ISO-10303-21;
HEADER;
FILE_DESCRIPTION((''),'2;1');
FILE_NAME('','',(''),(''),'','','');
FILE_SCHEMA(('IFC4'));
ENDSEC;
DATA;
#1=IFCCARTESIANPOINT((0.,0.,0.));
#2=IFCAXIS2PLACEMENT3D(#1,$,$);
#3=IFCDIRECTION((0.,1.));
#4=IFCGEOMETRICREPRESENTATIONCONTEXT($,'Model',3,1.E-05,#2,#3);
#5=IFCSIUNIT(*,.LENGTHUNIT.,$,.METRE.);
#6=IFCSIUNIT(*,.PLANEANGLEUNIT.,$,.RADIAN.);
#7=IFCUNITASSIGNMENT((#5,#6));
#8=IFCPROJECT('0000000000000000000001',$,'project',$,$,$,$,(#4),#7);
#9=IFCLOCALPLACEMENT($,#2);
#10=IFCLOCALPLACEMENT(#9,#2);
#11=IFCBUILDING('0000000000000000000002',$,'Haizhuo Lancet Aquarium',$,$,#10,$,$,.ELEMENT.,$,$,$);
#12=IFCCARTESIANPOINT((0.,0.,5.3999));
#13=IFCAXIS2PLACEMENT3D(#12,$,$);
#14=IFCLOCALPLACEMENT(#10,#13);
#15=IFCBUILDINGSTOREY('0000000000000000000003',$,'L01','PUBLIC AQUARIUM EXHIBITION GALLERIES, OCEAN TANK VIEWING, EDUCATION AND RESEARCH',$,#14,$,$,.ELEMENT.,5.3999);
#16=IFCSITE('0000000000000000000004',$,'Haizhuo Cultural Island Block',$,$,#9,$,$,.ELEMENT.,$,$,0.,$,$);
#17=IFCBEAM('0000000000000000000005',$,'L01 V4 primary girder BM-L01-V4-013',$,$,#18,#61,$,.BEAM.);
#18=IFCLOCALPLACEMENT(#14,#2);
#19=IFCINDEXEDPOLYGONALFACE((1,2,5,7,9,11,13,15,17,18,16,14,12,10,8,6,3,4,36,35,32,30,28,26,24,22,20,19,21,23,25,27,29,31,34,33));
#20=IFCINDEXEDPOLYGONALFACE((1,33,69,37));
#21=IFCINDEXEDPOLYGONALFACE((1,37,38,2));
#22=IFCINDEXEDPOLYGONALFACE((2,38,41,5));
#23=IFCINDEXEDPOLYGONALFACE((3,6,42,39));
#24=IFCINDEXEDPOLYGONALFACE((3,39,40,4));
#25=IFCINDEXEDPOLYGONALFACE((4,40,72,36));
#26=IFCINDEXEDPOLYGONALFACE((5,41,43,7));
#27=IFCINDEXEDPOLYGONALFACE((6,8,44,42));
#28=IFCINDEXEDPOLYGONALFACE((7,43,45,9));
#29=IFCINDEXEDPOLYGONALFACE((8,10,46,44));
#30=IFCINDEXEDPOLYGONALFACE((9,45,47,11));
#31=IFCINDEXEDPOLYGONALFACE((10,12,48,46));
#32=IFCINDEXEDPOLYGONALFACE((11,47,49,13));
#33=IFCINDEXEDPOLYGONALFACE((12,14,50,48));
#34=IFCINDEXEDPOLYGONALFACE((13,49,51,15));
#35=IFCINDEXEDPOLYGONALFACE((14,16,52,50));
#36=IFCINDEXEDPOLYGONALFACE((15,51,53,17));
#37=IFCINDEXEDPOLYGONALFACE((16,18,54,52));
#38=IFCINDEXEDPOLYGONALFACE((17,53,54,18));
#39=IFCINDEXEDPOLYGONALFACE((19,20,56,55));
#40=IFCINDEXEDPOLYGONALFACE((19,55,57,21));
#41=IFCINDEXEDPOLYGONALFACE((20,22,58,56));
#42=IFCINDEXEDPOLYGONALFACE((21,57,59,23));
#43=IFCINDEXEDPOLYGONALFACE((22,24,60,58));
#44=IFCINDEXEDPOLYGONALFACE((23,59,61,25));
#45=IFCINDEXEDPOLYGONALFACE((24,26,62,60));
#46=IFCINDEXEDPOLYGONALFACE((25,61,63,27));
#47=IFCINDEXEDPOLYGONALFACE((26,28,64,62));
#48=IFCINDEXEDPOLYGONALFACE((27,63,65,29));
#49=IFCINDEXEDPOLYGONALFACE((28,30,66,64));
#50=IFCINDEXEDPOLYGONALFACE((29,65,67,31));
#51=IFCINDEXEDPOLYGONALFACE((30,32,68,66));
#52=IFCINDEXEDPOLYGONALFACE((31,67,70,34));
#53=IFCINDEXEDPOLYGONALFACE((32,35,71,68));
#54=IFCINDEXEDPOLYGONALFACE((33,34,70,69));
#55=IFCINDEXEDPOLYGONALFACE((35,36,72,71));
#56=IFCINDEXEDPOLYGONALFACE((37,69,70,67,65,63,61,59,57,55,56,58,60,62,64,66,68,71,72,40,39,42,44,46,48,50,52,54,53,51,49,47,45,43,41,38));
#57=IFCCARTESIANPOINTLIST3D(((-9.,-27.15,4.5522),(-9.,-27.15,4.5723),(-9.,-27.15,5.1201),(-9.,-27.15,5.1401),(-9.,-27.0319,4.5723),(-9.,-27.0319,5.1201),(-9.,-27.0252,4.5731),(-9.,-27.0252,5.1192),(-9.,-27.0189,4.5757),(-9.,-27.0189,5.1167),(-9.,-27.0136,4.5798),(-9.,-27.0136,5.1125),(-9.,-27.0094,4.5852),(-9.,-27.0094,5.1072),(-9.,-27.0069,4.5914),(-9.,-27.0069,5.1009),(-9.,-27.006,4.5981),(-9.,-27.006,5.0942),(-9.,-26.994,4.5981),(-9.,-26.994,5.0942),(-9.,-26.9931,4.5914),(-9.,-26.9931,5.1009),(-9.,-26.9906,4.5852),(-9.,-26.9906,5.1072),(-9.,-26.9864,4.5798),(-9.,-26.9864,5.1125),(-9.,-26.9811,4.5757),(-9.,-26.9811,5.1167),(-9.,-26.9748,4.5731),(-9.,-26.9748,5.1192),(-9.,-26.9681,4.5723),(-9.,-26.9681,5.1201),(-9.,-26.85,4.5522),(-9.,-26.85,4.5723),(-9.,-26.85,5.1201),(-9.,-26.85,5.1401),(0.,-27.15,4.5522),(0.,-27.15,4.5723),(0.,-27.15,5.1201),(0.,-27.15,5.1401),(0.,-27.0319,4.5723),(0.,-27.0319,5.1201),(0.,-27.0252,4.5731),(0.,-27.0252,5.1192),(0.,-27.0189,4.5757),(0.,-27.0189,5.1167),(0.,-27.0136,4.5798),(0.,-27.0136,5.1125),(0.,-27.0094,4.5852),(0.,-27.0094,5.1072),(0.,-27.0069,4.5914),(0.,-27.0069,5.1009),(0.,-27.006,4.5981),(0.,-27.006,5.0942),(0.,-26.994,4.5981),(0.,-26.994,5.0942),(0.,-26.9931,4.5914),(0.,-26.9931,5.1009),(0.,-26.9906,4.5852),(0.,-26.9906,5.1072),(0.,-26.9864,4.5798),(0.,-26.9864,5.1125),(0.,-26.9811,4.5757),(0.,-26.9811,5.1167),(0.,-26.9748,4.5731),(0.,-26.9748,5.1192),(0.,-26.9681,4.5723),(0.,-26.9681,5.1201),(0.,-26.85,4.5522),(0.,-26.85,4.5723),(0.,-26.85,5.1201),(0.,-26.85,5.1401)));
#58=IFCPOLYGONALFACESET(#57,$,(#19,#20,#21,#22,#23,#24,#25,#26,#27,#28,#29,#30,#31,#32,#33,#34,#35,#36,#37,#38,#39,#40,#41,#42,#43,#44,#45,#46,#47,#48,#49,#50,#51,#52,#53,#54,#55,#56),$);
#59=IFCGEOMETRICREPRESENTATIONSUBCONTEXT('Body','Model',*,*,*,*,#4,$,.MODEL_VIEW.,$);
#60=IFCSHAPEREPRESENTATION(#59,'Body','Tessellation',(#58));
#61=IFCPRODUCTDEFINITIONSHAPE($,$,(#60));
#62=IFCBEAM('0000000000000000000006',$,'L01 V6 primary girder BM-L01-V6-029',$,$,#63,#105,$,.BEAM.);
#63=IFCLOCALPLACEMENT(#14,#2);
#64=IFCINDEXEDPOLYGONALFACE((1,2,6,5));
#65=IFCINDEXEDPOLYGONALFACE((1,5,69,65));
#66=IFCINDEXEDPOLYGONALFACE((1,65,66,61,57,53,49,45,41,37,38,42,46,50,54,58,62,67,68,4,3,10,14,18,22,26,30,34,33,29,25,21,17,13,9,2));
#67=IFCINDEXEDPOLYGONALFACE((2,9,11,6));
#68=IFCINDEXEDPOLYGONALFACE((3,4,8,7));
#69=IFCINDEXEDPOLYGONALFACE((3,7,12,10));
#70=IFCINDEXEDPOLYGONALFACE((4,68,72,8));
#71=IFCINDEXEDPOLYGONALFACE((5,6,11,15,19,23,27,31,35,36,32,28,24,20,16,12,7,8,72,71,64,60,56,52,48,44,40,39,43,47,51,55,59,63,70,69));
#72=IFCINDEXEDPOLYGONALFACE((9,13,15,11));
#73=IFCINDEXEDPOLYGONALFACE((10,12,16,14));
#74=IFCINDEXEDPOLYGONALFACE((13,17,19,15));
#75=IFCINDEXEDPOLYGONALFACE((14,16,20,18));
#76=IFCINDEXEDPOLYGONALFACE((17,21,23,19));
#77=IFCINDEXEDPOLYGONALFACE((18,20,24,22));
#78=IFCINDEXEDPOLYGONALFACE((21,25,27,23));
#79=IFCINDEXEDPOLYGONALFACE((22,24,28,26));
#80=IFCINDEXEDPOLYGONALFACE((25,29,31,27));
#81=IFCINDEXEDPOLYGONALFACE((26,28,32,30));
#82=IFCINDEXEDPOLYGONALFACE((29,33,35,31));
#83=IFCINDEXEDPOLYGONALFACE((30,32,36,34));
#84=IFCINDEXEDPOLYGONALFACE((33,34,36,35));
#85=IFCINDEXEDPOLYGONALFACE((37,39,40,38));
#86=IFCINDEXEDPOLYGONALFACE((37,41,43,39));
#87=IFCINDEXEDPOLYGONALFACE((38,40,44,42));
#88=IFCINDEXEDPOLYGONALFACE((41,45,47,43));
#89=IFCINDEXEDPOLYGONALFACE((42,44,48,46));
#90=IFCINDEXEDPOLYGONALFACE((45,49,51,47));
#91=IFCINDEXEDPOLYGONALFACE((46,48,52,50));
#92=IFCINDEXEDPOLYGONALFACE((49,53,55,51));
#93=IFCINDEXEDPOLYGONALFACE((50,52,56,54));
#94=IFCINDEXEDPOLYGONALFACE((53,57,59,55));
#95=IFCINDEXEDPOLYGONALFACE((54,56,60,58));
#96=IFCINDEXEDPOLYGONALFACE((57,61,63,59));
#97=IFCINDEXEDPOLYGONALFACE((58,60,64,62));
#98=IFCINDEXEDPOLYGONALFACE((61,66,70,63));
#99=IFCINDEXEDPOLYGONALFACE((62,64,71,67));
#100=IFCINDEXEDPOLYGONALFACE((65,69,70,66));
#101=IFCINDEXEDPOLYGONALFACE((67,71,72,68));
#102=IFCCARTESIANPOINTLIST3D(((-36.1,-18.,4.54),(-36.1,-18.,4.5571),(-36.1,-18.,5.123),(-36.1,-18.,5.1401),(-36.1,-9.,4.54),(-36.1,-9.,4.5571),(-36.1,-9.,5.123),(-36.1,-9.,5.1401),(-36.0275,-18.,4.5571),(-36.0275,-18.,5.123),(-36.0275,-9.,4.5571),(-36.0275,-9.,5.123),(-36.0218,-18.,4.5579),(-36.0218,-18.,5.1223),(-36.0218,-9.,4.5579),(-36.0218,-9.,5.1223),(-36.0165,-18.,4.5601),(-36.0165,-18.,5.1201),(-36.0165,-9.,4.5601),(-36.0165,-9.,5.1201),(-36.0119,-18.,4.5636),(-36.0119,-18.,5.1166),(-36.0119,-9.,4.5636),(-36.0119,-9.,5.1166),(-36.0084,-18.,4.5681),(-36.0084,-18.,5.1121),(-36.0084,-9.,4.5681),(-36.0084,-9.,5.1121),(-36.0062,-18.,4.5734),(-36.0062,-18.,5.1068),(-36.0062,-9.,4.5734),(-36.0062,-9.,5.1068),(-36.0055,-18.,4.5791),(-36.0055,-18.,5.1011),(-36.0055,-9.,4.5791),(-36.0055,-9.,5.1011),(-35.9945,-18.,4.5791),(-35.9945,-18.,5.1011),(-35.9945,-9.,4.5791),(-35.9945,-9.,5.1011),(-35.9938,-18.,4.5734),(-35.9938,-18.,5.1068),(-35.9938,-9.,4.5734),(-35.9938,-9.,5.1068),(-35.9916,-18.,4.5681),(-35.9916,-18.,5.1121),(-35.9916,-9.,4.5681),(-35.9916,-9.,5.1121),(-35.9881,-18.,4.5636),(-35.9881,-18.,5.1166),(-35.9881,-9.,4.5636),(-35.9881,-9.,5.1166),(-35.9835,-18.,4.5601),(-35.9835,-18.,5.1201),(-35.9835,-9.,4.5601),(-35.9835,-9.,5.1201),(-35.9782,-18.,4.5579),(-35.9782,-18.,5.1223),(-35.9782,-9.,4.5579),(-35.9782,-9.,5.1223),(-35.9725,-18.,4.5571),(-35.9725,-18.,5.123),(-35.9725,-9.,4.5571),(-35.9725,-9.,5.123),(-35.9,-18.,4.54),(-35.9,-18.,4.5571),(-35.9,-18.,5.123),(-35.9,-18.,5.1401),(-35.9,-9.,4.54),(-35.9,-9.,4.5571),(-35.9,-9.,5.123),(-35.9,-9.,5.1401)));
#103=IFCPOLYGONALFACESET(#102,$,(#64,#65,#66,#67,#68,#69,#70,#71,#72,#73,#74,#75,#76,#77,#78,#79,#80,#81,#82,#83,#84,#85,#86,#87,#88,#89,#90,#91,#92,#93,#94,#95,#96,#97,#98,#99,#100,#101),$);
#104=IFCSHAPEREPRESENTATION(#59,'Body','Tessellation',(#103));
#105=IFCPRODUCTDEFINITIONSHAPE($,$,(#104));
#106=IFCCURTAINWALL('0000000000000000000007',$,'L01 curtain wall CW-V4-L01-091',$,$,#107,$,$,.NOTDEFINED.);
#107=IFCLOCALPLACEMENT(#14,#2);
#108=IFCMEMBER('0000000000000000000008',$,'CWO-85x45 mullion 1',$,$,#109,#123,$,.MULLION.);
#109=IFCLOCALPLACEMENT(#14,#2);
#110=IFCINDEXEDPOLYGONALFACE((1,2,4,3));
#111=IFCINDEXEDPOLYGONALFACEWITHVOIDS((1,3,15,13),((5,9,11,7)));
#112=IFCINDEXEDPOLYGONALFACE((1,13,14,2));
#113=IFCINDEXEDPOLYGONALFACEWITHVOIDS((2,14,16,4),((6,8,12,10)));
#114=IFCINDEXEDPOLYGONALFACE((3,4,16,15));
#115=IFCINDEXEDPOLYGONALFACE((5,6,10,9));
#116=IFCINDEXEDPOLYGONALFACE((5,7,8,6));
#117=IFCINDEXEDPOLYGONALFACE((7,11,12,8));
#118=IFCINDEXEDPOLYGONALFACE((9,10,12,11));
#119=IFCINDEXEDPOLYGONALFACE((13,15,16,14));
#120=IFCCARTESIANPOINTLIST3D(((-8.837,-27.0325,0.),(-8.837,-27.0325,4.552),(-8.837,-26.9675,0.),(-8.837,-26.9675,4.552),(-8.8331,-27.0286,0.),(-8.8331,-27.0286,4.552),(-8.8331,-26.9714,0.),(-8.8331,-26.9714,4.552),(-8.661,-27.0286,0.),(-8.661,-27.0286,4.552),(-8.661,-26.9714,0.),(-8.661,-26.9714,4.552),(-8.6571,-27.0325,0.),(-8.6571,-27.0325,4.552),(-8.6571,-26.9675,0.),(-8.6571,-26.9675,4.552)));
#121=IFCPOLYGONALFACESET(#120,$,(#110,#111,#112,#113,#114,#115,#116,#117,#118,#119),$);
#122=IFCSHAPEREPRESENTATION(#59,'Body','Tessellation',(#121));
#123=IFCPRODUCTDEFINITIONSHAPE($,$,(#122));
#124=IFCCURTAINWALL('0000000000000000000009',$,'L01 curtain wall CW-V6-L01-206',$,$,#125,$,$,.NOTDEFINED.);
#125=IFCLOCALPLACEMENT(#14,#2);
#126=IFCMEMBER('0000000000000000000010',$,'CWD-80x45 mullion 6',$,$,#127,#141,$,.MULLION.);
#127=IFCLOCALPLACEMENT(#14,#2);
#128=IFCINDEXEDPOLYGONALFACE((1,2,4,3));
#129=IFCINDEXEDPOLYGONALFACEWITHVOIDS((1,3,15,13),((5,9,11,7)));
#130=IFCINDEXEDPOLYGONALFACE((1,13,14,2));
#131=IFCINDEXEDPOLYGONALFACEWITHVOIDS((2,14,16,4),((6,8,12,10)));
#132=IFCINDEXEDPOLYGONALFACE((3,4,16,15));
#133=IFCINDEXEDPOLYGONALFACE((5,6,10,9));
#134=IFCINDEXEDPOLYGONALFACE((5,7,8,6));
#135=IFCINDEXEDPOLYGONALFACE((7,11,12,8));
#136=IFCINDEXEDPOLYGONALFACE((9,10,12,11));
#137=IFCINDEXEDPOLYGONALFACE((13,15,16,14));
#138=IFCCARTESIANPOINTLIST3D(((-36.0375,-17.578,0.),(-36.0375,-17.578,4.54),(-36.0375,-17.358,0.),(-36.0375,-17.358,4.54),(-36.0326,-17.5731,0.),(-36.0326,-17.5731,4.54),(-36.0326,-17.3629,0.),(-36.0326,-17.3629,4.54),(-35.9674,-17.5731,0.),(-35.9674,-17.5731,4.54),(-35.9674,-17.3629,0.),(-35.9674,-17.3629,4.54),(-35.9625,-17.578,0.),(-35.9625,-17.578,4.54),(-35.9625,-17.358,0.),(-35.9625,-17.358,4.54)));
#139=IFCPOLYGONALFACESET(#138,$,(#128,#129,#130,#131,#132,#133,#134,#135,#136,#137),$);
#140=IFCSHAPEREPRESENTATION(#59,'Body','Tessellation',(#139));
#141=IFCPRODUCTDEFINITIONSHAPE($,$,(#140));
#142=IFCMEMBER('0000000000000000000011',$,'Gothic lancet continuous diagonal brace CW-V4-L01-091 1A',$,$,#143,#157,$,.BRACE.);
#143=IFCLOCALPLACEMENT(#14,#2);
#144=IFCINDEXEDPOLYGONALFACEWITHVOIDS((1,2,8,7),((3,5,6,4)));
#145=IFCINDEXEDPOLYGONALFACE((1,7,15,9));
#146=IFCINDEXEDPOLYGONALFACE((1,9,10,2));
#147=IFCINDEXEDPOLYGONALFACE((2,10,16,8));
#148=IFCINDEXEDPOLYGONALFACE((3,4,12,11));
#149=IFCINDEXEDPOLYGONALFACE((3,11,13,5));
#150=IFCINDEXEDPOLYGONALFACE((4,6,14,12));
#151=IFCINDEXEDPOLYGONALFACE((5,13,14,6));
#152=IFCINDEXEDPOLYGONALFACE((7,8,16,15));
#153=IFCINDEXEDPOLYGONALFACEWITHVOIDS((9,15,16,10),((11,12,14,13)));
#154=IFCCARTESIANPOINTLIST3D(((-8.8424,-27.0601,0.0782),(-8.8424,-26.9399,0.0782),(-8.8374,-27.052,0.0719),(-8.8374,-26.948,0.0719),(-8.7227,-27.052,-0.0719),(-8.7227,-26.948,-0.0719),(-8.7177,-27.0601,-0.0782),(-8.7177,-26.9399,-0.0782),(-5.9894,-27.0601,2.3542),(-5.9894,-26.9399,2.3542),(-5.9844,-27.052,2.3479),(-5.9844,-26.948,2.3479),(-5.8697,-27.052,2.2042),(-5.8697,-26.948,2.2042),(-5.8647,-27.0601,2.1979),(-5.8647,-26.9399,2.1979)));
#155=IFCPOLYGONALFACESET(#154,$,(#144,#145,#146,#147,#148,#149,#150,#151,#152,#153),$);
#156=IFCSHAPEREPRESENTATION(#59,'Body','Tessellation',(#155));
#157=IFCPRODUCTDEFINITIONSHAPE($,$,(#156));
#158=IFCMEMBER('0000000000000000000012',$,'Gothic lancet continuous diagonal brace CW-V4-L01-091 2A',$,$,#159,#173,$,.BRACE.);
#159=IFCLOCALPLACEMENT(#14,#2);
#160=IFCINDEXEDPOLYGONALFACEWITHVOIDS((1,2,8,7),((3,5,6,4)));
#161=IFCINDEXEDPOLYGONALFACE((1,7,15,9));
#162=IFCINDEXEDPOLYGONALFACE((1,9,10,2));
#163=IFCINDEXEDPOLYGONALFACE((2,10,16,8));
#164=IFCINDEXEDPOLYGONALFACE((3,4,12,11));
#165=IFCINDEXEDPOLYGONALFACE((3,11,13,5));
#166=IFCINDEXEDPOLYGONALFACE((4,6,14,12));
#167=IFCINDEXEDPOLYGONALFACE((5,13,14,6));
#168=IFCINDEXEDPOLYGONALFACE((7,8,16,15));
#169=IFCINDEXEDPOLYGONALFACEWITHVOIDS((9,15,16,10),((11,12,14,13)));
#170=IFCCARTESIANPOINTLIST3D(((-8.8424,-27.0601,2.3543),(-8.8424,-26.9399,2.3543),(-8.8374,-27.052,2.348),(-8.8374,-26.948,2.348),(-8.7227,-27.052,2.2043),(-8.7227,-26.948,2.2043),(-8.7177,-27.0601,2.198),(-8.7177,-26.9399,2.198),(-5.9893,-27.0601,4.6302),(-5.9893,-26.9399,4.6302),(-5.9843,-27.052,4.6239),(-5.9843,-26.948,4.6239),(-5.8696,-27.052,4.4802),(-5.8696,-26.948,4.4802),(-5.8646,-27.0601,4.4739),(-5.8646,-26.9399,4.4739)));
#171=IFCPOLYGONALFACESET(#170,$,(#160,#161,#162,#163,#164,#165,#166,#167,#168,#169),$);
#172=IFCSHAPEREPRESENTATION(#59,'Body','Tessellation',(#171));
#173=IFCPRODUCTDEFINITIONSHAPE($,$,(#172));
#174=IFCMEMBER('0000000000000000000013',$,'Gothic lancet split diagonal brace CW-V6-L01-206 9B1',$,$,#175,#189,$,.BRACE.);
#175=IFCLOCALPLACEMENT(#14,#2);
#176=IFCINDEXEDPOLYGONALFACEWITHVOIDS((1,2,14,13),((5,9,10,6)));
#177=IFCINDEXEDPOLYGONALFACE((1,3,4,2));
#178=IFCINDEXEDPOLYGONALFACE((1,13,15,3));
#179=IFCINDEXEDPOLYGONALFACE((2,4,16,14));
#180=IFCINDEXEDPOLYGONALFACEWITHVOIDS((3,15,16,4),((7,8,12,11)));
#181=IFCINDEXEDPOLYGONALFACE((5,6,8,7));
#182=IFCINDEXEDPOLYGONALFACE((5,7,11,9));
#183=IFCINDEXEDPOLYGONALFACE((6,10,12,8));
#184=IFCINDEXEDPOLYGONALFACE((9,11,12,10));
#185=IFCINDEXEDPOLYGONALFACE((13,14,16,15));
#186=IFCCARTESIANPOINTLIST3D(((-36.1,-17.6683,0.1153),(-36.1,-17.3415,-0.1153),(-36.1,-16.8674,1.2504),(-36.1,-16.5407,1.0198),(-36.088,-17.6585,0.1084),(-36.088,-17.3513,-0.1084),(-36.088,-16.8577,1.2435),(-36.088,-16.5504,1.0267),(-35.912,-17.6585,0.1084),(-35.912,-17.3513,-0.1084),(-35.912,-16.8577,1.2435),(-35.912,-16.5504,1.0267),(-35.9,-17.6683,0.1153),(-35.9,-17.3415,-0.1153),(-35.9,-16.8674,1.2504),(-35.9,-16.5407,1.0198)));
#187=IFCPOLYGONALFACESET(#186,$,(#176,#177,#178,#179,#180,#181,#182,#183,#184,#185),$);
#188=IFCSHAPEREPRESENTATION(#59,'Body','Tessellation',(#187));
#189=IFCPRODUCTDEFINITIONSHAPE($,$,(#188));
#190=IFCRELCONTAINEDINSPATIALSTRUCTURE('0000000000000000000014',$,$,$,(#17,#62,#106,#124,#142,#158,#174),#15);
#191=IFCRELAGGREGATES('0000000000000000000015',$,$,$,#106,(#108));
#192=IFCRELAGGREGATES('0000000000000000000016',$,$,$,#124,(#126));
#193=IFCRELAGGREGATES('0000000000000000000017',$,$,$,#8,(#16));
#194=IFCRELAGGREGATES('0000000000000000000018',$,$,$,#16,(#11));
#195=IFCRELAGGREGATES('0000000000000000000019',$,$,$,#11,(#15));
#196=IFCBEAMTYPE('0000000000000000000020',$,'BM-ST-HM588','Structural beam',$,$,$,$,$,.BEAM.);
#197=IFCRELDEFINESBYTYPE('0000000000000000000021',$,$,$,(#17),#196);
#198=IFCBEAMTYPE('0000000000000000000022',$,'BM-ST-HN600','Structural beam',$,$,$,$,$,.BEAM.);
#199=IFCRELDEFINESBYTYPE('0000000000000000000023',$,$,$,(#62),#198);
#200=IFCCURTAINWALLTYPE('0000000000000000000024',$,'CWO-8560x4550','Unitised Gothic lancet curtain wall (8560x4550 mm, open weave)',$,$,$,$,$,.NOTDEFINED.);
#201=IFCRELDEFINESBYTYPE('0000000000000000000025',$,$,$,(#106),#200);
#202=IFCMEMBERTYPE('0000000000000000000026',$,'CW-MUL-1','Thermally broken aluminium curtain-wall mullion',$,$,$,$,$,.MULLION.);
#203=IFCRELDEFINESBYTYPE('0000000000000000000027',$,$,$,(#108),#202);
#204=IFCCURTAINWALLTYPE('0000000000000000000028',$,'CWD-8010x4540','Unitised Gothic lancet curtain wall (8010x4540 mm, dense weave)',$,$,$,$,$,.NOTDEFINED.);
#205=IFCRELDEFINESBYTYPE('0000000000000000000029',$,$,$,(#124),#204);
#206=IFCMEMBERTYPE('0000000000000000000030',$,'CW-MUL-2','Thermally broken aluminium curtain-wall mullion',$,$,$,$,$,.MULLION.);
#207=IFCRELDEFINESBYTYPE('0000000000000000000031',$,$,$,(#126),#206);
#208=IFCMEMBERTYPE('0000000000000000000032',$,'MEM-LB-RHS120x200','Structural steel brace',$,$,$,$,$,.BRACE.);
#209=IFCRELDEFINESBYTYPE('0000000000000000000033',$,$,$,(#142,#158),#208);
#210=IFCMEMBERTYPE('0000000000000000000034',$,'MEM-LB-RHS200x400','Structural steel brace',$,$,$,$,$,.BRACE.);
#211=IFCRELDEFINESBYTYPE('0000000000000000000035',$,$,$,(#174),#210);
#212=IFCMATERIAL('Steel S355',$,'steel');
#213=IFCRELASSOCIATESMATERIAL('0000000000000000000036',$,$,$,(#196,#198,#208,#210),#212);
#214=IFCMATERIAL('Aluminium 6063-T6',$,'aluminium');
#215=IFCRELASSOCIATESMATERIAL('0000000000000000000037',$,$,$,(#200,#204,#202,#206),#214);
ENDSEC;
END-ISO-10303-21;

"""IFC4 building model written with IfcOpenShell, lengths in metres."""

from ifc_helpers import new_model, si_unit, direction, frame, origin, origin_2d, place, context, subcontext, project, spatial, hollow_rectangle, i_section, extrude, material, material_profile, profile_set, type_object, element, aggregate, save


model = new_model("IFC4")

# Units and contexts
model_context = context("Model", 3, precision=1e-05, world=origin(), true_north=direction((0.0, 1.0)))
body_context = subcontext(model_context, "Body", "Model", "MODEL_VIEW")
ifc_project = project(units=[si_unit("LENGTHUNIT", "METRE"), si_unit("PLANEANGLEUNIT", "RADIAN")], contexts=[model_context])

# Site, building, storey
site_placement = place(None, origin())
site = spatial("IfcSite", under=ifc_project, at=site_placement, Name="Haizhuo Cultural Island Block", CompositionType="ELEMENT", RefElevation=0.0)
building_placement = place(site_placement, origin())
building = spatial("IfcBuilding", under=site, at=building_placement, Name="Haizhuo Lancet Aquarium", CompositionType="ELEMENT")
storey_placement = place(building_placement, frame((0.0, 0.0, 5.3999)))
storey = spatial("IfcBuildingStorey", under=building, at=storey_placement, Name="L01", Description="PUBLIC AQUARIUM EXHIBITION GALLERIES, OCEAN TANK VIEWING, EDUCATION AND RESEARCH", CompositionType="ELEMENT", Elevation=5.3999)

# Shared definitions
ifc_material_1 = material(Name="Steel S355", Category="steel")

# Beams
ifc_material_profile_1 = material_profile(ifc_material_1, i_section(OverallWidth=0.3, OverallDepth=0.5879, WebThickness=0.012, FlangeThickness=0.02, FilletRadius=0.0259, at=origin_2d()), Name="HM 588x300x12x20")
ifc_profile_set_1 = profile_set([ifc_material_profile_1], Name="Steel S355")
beam_type_1 = type_object("IfcBeamType", Name="BM-ST-HM588", Description="Structural beam", PredefinedType="BEAM", material=ifc_profile_set_1)
for number, where, z_axis, x_axis, name in (
    (1, (-9.0, -27.0, 4.8462), (1.0, 0.0, 0.0), (0.0, 1.0, 0.0), "L01 V4 primary girder BM-L01-V4-013"),
):
    element("IfcBeam", number, at=place(storey_placement, frame(where, z_axis=z_axis, x_axis=x_axis)), inside=storey, type_object=beam_type_1, Name=name, PredefinedType="BEAM", context=body_context, shape_type="SweptSolid", body=[
        extrude(i_section(OverallWidth=0.3, OverallDepth=0.5879, WebThickness=0.012, FlangeThickness=0.02, FilletRadius=0.0259, at=origin_2d()), origin(), (0.0, 0.0, 1.0), 9.0),
    ])
ifc_material_profile_2 = material_profile(ifc_material_1, i_section(OverallWidth=0.2, OverallDepth=0.6001, WebThickness=0.011, FlangeThickness=0.0171, FilletRadius=0.022, at=origin_2d()), Name="HN 600x200x11x17")
ifc_profile_set_2 = profile_set([ifc_material_profile_2], Name="Steel S355")
beam_type_2 = type_object("IfcBeamType", Name="BM-ST-HN600", Description="Structural beam", PredefinedType="BEAM", material=ifc_profile_set_2)
beam_1_placement = place(storey_placement, frame((-36.0, -18.0, 4.8401), z_axis=(0.0, 1.0, 0.0), x_axis=(-1.0, 0.0, 0.0)))
element("IfcBeam", 2, at=beam_1_placement, inside=storey, type_object=beam_type_2, Name="L01 V6 primary girder BM-L01-V6-029", PredefinedType="BEAM", context=body_context, shape_type="SweptSolid", body=[
    extrude(i_section(OverallWidth=0.2, OverallDepth=0.6001, WebThickness=0.011, FlangeThickness=0.0171, FilletRadius=0.022, at=origin_2d()), origin(), (0.0, 0.0, 1.0), 9.0),
])

# Curtain walls, members
ifc_material_2 = material(Name="Aluminium 6063-T6", Category="aluminium")
curtain_wall_type_1 = type_object("IfcCurtainWallType", Name="CWO-8560x4550", Description="Unitised Gothic lancet curtain wall (8560x4550 mm, open weave)", PredefinedType="NOTDEFINED", material=ifc_material_2)
curtain_wall_1_placement = place(storey_placement, origin())
curtain_wall_1 = element("IfcCurtainWall", 3, at=curtain_wall_1_placement, inside=storey, type_object=curtain_wall_type_1, Name="L01 curtain wall CW-V4-L01-091", PredefinedType="NOTDEFINED")
ifc_material_profile_3 = material_profile(ifc_material_2, hollow_rectangle(XDim=0.0649, YDim=0.1799, WallThickness=0.0039, at=origin_2d()), Name="ALU-M 65x180x4")
ifc_profile_set_3 = profile_set([ifc_material_profile_3], Name="Aluminium 6063-T6")
member_type_1 = type_object("IfcMemberType", Name="CW-MUL-1", Description="Thermally broken aluminium curtain-wall mullion", PredefinedType="MULLION", material=ifc_profile_set_3)
member_1_placement = place(storey_placement, frame((-8.7471, -27.0, 0.0), z_axis=(0.0, 0.0, 1.0), x_axis=(0.0, 1.0, 0.0)))
member_1 = element("IfcMember", 4, at=member_1_placement, type_object=member_type_1, Name="CWO-85x45 mullion 1", PredefinedType="MULLION", context=body_context, shape_type="SweptSolid", body=[
    extrude(hollow_rectangle(XDim=0.0649, YDim=0.1799, WallThickness=0.0039, at=origin_2d()), origin(), (0.0, 0.0, 1.0), 4.552),
])
aggregate(curtain_wall_1, [member_1])
curtain_wall_type_2 = type_object("IfcCurtainWallType", Name="CWD-8010x4540", Description="Unitised Gothic lancet curtain wall (8010x4540 mm, dense weave)", PredefinedType="NOTDEFINED", material=ifc_material_2)
curtain_wall_2_placement = place(storey_placement, origin())
curtain_wall_2 = element("IfcCurtainWall", 5, at=curtain_wall_2_placement, inside=storey, type_object=curtain_wall_type_2, Name="L01 curtain wall CW-V6-L01-206", PredefinedType="NOTDEFINED")
ifc_material_profile_4 = material_profile(ifc_material_2, hollow_rectangle(XDim=0.075, YDim=0.22, WallThickness=0.0049, at=origin_2d()), Name="ALU-M 75x220x5")
ifc_profile_set_4 = profile_set([ifc_material_profile_4], Name="Aluminium 6063-T6")
member_type_2 = type_object("IfcMemberType", Name="CW-MUL-2", Description="Thermally broken aluminium curtain-wall mullion", PredefinedType="MULLION", material=ifc_profile_set_4)
member_2_placement = place(storey_placement, frame((-36.0, -17.468, 0.0), z_axis=(0.0, 0.0, 1.0), x_axis=(1.0, 0.0, 0.0)))
member_2 = element("IfcMember", 6, at=member_2_placement, type_object=member_type_2, Name="CWD-80x45 mullion 6", PredefinedType="MULLION", context=body_context, shape_type="SweptSolid", body=[
    extrude(hollow_rectangle(XDim=0.075, YDim=0.22, WallThickness=0.0049, at=origin_2d()), origin(), (0.0, 0.0, 1.0), 4.54),
])
aggregate(curtain_wall_2, [member_2])

# Members
ifc_material_profile_5 = material_profile(ifc_material_1, hollow_rectangle(XDim=0.1201, YDim=0.2, WallThickness=0.0081, at=origin_2d()), Name="RHS 120x200x8")
ifc_profile_set_5 = profile_set([ifc_material_profile_5], Name="Steel S355")
member_type_3 = type_object("IfcMemberType", Name="MEM-LB-RHS120x200", Description="Structural steel brace", PredefinedType="BRACE", material=ifc_profile_set_5)
for number, where, z_axis, x_axis, name in (
    (7, (-8.78, -27.0, 0.0), (0.78171, 0.0, 0.623642), (0.0, 1.0, 0.0), "Gothic lancet continuous diagonal brace CW-V4-L01-091 1A"),
    (8, (-8.78, -27.0, 2.2761), (0.781743, 0.0, 0.623601), (0.0, 1.0, 0.0), "Gothic lancet continuous diagonal brace CW-V4-L01-091 2A"),
):
    element("IfcMember", number, at=place(storey_placement, frame(where, z_axis=z_axis, x_axis=x_axis)), inside=storey, type_object=member_type_3, Name=name, PredefinedType="BRACE", context=body_context, shape_type="SweptSolid", body=[
        extrude(hollow_rectangle(XDim=0.1201, YDim=0.2, WallThickness=0.0081, at=origin_2d()), origin(), (0.0, 0.0, 1.0), 3.6497),
    ])
ifc_material_profile_6 = material_profile(ifc_material_1, hollow_rectangle(XDim=0.2, YDim=0.3999, WallThickness=0.012, at=origin_2d()), Name="RHS 200x400x12")
ifc_profile_set_6 = profile_set([ifc_material_profile_6], Name="Steel S355")
member_type_4 = type_object("IfcMemberType", Name="MEM-LB-RHS200x400", Description="Structural steel brace", PredefinedType="BRACE", material=ifc_profile_set_6)
for number, where, z_axis, x_axis, name in (
    (9, (-36.0, -17.5049, 0.0), (0.0, 0.57649, 0.817104), (-1.0, 0.0, 0.0), "Gothic lancet split diagonal brace CW-V6-L01-206 9B1"),
):
    element("IfcMember", number, at=place(storey_placement, frame(where, z_axis=z_axis, x_axis=x_axis)), inside=storey, type_object=member_type_4, Name=name, PredefinedType="BRACE", context=body_context, shape_type="SweptSolid", body=[
        extrude(hollow_rectangle(XDim=0.2, YDim=0.3999, WallThickness=0.012, at=origin_2d()), origin(), (0.0, 0.0, 1.0), 1.3892),
    ])

save(model, "model.ifc")
